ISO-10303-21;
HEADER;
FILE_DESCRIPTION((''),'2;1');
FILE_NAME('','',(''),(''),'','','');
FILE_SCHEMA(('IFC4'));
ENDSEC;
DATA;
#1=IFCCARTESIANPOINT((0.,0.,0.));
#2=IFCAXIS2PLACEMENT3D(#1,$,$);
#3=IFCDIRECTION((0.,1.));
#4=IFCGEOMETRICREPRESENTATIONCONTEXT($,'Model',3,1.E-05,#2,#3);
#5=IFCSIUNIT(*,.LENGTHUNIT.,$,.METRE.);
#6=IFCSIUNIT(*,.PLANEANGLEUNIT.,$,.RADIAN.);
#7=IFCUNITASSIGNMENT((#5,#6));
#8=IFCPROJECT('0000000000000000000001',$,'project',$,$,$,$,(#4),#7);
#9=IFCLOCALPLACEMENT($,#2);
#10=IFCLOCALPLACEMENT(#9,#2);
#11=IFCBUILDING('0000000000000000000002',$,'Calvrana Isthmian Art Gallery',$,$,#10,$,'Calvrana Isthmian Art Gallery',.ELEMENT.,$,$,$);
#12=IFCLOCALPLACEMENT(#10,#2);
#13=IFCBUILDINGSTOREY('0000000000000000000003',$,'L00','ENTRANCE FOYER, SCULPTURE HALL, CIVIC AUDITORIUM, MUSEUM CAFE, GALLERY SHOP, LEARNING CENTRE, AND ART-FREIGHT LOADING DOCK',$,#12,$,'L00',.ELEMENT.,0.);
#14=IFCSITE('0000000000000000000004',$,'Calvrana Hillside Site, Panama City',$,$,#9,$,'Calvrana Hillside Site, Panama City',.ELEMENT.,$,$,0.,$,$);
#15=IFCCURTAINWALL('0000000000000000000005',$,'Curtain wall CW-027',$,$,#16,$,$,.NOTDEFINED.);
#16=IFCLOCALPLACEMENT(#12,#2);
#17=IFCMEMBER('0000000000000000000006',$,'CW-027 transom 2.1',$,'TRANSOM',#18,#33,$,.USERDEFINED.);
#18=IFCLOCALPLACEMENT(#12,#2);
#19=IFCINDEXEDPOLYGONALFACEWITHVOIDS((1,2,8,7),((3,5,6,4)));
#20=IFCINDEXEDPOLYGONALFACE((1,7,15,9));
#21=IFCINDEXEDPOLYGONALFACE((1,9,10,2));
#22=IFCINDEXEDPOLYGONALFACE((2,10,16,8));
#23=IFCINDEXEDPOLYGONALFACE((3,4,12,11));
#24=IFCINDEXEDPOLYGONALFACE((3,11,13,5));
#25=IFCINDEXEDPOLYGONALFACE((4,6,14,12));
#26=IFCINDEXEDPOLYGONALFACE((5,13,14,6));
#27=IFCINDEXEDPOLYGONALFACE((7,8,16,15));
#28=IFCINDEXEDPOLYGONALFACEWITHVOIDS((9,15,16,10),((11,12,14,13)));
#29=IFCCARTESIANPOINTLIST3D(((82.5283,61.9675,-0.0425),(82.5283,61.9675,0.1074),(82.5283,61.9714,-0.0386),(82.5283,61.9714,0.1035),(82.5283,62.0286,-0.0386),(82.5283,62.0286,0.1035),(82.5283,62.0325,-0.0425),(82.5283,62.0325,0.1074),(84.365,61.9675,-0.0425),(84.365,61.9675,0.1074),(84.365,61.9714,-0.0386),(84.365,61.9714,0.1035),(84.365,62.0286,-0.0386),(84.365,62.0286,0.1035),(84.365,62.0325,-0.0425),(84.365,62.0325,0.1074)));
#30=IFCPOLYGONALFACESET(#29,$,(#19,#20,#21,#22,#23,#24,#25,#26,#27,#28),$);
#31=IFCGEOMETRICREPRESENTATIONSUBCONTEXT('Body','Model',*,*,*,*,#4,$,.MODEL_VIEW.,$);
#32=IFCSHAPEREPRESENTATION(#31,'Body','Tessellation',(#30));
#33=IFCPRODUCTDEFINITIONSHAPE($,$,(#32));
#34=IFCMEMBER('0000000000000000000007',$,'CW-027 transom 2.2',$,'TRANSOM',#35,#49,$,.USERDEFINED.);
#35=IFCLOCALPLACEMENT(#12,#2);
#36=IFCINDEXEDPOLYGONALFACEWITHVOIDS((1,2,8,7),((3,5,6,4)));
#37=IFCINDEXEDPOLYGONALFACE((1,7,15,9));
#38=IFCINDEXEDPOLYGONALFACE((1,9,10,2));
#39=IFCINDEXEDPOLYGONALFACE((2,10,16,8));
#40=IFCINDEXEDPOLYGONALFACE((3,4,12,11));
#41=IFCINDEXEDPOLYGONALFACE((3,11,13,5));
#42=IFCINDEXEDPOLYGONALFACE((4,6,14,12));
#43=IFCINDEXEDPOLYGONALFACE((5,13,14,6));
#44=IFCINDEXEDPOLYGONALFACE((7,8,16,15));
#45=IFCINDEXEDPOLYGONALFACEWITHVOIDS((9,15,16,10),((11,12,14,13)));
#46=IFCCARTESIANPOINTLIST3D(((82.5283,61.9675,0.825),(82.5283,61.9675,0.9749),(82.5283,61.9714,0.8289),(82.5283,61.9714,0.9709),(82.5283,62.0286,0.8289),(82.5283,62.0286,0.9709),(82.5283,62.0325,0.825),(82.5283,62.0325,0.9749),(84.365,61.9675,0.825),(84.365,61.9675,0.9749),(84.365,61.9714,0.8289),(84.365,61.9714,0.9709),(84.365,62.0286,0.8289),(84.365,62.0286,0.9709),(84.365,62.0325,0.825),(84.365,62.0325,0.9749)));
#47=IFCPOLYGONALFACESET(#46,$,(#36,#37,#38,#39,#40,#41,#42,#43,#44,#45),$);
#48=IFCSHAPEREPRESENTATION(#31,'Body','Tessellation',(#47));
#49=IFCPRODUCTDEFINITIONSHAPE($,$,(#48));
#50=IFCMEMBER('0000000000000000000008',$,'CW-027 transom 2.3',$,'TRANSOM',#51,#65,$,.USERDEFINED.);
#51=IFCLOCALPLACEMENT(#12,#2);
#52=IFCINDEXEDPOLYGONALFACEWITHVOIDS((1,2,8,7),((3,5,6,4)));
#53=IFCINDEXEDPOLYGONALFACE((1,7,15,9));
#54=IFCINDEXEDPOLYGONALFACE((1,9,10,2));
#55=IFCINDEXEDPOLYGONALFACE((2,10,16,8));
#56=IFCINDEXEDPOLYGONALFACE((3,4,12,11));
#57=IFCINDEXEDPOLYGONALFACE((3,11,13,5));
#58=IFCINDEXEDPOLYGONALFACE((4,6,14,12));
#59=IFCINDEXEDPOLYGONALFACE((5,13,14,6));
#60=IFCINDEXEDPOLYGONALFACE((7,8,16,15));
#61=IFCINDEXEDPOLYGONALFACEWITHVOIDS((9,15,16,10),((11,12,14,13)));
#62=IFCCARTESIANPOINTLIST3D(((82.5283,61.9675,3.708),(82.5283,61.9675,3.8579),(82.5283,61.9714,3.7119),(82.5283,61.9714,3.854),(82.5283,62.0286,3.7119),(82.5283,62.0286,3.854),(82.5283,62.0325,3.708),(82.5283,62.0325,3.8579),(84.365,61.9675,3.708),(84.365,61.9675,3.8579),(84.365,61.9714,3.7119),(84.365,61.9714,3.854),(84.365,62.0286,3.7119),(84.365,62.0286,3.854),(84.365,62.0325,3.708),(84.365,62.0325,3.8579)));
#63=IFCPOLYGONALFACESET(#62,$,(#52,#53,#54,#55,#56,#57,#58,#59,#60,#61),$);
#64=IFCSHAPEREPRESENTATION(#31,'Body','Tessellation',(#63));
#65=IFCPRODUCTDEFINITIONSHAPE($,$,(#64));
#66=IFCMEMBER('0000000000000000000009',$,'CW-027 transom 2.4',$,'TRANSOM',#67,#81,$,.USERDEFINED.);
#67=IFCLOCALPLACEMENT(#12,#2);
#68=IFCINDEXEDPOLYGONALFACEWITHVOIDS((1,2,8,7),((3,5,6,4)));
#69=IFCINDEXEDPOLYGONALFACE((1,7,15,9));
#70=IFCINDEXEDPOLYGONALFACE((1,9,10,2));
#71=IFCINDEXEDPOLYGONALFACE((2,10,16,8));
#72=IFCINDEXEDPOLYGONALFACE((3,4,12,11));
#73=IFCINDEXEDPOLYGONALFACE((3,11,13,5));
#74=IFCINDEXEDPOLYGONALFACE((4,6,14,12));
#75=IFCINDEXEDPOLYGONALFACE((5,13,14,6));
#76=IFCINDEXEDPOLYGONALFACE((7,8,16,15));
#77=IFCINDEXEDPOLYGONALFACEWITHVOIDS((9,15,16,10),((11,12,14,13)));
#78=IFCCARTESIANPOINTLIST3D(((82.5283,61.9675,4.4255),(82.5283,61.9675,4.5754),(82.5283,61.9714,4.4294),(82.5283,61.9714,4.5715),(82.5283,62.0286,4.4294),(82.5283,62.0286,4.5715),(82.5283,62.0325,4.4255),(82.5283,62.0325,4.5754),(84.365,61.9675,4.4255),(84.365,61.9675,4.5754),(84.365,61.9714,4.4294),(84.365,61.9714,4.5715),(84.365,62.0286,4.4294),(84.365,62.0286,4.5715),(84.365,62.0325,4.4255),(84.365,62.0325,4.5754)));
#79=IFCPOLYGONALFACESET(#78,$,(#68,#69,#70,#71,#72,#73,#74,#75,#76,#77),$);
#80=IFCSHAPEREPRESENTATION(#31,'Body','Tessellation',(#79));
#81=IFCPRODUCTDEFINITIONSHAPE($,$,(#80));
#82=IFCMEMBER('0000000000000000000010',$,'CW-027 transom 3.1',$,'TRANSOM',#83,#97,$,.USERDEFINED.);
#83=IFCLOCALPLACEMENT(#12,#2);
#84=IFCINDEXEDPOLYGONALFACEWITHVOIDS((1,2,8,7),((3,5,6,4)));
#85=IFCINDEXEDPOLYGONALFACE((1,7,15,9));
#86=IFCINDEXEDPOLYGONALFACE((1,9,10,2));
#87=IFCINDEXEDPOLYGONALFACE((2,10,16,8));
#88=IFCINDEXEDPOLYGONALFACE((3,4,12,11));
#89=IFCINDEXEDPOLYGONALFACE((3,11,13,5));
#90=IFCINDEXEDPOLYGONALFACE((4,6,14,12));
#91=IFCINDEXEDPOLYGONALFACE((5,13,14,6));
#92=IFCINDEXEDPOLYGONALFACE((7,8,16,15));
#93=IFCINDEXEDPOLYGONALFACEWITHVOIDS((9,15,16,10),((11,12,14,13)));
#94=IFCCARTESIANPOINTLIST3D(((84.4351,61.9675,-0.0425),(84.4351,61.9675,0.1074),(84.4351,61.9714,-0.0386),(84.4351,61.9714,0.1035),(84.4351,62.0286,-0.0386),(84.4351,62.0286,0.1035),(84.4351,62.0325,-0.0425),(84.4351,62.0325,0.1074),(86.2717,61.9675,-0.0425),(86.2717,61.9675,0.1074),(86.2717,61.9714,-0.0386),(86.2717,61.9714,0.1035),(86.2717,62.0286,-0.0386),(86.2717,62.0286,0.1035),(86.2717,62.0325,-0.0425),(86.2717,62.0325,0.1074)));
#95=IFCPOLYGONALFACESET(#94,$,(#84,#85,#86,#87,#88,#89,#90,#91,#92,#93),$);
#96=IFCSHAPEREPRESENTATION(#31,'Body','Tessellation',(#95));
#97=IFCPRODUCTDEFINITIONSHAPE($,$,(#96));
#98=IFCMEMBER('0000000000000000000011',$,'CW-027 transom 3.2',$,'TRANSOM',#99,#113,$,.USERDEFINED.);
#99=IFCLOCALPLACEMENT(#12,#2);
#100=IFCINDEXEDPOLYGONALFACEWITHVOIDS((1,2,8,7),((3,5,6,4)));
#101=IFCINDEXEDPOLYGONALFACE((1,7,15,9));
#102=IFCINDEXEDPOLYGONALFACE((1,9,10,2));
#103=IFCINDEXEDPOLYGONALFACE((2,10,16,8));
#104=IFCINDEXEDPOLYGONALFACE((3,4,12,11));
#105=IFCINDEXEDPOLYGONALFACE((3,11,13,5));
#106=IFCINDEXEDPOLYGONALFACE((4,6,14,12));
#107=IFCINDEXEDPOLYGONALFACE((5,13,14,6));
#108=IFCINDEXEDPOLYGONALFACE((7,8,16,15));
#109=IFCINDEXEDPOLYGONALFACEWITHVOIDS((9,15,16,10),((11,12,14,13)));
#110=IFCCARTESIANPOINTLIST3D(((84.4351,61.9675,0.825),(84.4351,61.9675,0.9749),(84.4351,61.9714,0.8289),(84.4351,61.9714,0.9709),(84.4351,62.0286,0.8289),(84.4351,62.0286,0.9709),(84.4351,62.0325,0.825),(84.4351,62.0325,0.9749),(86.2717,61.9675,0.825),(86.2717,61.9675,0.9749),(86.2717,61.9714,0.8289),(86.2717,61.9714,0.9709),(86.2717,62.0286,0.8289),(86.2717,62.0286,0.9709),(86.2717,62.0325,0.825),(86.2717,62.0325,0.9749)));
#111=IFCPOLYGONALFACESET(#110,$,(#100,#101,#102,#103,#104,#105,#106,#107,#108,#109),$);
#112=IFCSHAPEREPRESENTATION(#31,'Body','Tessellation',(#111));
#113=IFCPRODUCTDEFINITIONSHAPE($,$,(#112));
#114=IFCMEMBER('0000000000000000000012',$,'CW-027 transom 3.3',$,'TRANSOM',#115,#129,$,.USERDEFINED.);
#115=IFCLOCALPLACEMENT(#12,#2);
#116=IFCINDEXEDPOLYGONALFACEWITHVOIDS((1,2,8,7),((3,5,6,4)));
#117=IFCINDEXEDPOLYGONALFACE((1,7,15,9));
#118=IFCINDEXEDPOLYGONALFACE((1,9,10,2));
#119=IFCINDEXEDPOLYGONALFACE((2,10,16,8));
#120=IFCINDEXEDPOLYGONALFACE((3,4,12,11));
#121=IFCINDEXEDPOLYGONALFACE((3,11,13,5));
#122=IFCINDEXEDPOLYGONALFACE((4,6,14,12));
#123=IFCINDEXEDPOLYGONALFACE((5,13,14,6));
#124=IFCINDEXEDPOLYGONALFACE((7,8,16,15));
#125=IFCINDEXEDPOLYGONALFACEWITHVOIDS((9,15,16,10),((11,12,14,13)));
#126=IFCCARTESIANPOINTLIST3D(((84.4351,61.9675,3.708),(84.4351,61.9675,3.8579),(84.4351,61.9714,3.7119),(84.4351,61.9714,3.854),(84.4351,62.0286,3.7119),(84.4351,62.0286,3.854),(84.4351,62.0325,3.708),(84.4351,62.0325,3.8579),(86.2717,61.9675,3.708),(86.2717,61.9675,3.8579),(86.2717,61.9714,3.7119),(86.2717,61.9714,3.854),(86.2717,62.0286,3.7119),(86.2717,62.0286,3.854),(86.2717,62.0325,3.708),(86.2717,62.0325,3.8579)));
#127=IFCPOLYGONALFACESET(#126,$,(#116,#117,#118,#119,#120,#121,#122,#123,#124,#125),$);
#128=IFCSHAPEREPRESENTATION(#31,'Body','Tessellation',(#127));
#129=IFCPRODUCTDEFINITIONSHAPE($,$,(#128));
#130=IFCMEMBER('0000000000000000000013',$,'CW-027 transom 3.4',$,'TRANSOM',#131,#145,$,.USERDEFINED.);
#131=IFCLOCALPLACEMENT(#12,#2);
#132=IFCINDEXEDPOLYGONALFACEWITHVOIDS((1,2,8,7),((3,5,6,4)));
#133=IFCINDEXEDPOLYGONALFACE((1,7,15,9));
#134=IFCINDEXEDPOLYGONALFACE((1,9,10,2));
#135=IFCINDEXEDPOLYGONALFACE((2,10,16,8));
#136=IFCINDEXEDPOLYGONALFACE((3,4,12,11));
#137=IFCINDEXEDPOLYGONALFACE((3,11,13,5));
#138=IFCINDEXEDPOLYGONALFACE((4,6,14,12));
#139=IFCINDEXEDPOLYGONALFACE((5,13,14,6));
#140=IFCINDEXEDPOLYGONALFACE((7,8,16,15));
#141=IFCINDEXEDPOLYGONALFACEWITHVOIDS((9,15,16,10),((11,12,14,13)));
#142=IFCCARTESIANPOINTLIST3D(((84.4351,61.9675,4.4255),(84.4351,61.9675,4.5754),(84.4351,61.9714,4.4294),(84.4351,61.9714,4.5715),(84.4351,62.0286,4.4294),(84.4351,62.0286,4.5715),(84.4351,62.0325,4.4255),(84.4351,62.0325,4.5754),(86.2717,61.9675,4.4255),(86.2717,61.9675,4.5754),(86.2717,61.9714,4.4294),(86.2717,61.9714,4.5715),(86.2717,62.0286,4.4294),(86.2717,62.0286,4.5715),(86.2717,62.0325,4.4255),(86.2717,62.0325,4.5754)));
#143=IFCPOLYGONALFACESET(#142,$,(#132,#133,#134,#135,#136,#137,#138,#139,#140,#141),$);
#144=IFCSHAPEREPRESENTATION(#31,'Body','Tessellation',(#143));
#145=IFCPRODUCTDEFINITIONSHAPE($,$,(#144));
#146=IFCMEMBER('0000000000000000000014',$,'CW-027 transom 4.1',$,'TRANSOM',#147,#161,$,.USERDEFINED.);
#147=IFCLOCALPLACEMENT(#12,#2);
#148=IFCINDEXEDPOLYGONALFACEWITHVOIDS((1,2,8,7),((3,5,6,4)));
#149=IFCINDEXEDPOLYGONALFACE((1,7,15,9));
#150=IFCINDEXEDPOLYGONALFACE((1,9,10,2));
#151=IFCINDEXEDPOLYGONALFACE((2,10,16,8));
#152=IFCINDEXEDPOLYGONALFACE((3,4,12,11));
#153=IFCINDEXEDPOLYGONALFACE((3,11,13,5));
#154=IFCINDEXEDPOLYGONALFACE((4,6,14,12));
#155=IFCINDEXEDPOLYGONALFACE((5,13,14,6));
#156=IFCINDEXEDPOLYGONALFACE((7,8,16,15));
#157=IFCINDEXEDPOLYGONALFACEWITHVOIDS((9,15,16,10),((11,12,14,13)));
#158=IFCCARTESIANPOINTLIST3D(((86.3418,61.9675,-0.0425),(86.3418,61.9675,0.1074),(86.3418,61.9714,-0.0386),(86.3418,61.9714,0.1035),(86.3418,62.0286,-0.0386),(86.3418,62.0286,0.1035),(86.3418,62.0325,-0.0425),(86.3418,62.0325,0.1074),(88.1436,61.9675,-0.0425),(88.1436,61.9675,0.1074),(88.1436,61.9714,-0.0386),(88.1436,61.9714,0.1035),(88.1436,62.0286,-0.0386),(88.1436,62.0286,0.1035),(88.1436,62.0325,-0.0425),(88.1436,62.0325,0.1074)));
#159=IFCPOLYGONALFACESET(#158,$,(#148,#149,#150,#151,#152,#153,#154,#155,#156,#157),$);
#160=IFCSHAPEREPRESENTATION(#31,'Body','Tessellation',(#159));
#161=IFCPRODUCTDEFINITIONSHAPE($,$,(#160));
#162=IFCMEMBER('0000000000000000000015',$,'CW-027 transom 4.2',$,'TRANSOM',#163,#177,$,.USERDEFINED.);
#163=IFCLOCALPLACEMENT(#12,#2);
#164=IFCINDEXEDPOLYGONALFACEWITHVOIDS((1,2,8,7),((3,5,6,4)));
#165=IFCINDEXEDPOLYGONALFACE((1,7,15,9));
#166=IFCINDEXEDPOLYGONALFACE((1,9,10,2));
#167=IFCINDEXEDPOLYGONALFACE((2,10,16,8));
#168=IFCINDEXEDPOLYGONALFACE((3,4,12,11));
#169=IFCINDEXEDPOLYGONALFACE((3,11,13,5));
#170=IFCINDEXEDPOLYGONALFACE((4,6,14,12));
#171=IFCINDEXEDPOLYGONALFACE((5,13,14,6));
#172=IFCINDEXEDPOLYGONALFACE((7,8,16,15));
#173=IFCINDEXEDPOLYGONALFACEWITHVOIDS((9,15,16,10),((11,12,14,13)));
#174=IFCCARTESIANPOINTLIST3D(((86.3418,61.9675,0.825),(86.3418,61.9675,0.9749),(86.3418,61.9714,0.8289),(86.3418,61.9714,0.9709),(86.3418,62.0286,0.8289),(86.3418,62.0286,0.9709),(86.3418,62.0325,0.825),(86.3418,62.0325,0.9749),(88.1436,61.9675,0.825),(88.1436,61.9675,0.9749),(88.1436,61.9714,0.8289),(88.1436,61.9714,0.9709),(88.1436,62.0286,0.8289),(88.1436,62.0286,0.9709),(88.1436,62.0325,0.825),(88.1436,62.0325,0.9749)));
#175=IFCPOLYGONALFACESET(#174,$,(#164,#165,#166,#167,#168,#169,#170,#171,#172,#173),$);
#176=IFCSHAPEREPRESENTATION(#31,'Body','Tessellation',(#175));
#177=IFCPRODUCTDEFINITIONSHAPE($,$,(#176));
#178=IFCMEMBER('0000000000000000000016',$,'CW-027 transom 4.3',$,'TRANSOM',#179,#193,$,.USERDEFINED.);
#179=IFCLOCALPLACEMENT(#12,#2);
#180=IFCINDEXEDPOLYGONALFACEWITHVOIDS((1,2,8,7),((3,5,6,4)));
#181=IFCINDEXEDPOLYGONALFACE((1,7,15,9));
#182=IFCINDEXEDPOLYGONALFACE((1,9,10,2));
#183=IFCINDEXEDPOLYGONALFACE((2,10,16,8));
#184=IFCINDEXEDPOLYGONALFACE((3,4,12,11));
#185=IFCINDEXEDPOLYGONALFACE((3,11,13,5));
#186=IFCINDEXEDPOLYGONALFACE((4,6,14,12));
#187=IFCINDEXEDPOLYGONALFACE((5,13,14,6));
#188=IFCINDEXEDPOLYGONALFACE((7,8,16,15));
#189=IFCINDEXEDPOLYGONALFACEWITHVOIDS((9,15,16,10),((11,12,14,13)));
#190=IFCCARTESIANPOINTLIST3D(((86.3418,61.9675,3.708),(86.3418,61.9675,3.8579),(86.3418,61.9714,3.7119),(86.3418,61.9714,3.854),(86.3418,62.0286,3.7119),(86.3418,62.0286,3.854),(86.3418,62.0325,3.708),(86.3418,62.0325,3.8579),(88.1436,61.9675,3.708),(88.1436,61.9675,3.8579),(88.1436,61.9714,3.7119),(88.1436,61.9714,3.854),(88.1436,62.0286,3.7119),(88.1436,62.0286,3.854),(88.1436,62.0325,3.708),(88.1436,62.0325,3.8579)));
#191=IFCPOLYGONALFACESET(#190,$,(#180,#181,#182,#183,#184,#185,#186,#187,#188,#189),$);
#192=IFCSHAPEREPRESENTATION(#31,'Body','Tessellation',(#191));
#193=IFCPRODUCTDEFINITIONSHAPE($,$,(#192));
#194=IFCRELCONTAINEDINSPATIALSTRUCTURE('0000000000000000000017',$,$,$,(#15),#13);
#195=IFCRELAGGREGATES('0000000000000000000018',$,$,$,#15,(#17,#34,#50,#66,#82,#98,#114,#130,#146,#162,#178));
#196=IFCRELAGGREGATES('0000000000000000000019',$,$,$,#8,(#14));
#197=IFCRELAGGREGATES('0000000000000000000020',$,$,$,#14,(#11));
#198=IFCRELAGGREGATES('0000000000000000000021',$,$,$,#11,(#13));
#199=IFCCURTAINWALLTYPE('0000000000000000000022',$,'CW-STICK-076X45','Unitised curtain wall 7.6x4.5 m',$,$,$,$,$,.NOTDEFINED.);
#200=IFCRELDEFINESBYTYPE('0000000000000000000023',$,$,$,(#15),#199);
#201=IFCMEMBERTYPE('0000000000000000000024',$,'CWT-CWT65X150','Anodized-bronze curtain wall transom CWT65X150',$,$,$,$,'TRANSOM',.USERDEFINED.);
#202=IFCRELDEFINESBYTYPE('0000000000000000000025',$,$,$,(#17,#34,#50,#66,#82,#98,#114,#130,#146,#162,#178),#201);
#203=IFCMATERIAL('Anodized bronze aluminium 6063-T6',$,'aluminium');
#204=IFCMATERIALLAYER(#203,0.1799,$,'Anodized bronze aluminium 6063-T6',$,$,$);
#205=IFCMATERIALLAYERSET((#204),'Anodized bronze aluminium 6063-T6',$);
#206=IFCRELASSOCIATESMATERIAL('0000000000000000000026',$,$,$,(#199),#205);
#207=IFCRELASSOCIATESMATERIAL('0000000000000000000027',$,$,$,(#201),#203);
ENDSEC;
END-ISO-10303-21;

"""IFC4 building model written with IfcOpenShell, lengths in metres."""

from ifc_helpers import new_model, si_unit, direction, frame, origin, origin_2d, place, context, subcontext, project, spatial, hollow_rectangle, extrude, material, layer, layer_set, material_profile, profile_set, type_object, element, aggregate, save


model = new_model("IFC4")

# Units and contexts
model_context = context("Model", 3, precision=1e-05, world=origin(), true_north=direction((0.0, 1.0)))
body_context = subcontext(model_context, "Body", "Model", "MODEL_VIEW")
ifc_project = project(units=[si_unit("LENGTHUNIT", "METRE"), si_unit("PLANEANGLEUNIT", "RADIAN")], contexts=[model_context])

# Site, building, storey
site_placement = place(None, origin())
site = spatial("IfcSite", under=ifc_project, at=site_placement, Name="Calvrana Hillside Site, Panama City", LongName="Calvrana Hillside Site, Panama City", CompositionType="ELEMENT", RefElevation=0.0)
building_placement = place(site_placement, origin())
building = spatial("IfcBuilding", under=site, at=building_placement, Name="Calvrana Isthmian Art Gallery", LongName="Calvrana Isthmian Art Gallery", CompositionType="ELEMENT")
storey_placement = place(building_placement, origin())
storey = spatial("IfcBuildingStorey", under=building, at=storey_placement, Name="L00", Description="ENTRANCE FOYER, SCULPTURE HALL, CIVIC AUDITORIUM, MUSEUM CAFE, GALLERY SHOP, LEARNING CENTRE, AND ART-FREIGHT LOADING DOCK", LongName="L00", CompositionType="ELEMENT", Elevation=0.0)

# Curtain wall, members
ifc_material_1 = material(Name="Anodized bronze aluminium 6063-T6", Category="aluminium")
ifc_layer_1 = layer(ifc_material_1, 0.1799, Name="Anodized bronze aluminium 6063-T6")
ifc_layer_set_1 = layer_set([ifc_layer_1], Name="Anodized bronze aluminium 6063-T6")
curtain_wall_type = type_object("IfcCurtainWallType", Name="CW-STICK-076X45", Description="Unitised curtain wall 7.6x4.5 m", PredefinedType="NOTDEFINED", material=ifc_layer_set_1)
curtain_wall_placement = place(storey_placement, origin())
curtain_wall = element("IfcCurtainWall", 1, at=curtain_wall_placement, inside=storey, type_object=curtain_wall_type, Name="Curtain wall CW-027", PredefinedType="NOTDEFINED")
ifc_material_profile_1 = material_profile(ifc_material_1, hollow_rectangle(XDim=0.0649, YDim=0.1499, WallThickness=0.0039, at=origin_2d()), Name="CWT65X150")
ifc_profile_set_1 = profile_set([ifc_material_profile_1], Name="Anodized bronze aluminium 6063-T6")
member_type_1 = type_object("IfcMemberType", Name="CWT-CWT65X150", Description="Anodized-bronze curtain wall transom CWT65X150", ElementType="TRANSOM", PredefinedType="USERDEFINED", material=ifc_profile_set_1)
member_1_placement = place(storey_placement, frame((82.5283, 62.0, 0.0325), z_axis=(1.0, 0.0, 0.0), x_axis=(0.0, 1.0, 0.0)))
member_1 = element("IfcMember", 2, at=member_1_placement, type_object=member_type_1, Name="CW-027 transom 2.1", ObjectType="TRANSOM", PredefinedType="USERDEFINED", context=body_context, shape_type="SweptSolid", body=[
    extrude(hollow_rectangle(XDim=0.0649, YDim=0.1499, WallThickness=0.0039, at=origin_2d()), origin(), (0.0, 0.0, 1.0), 1.8367),
])
member_2_placement = place(storey_placement, frame((82.5283, 62.0, 0.8999), z_axis=(1.0, 0.0, 0.0), x_axis=(0.0, 1.0, 0.0)))
member_2 = element("IfcMember", 3, at=member_2_placement, type_object=member_type_1, Name="CW-027 transom 2.2", ObjectType="TRANSOM", PredefinedType="USERDEFINED", context=body_context, shape_type="SweptSolid", body=[
    extrude(hollow_rectangle(XDim=0.0649, YDim=0.1499, WallThickness=0.0039, at=origin_2d()), origin(), (0.0, 0.0, 1.0), 1.8367),
])
member_3_placement = place(storey_placement, frame((82.5283, 62.0, 3.783), z_axis=(1.0, 0.0, 0.0), x_axis=(0.0, 1.0, 0.0)))
member_3 = element("IfcMember", 4, at=member_3_placement, type_object=member_type_1, Name="CW-027 transom 2.3", ObjectType="TRANSOM", PredefinedType="USERDEFINED", context=body_context, shape_type="SweptSolid", body=[
    extrude(hollow_rectangle(XDim=0.0649, YDim=0.1499, WallThickness=0.0039, at=origin_2d()), origin(), (0.0, 0.0, 1.0), 1.8367),
])
member_4_placement = place(storey_placement, frame((82.5283, 62.0, 4.5005), z_axis=(1.0, 0.0, 0.0), x_axis=(0.0, 1.0, 0.0)))
member_4 = element("IfcMember", 5, at=member_4_placement, type_object=member_type_1, Name="CW-027 transom 2.4", ObjectType="TRANSOM", PredefinedType="USERDEFINED", context=body_context, shape_type="SweptSolid", body=[
    extrude(hollow_rectangle(XDim=0.0649, YDim=0.1499, WallThickness=0.0039, at=origin_2d()), origin(), (0.0, 0.0, 1.0), 1.8367),
])
member_5_placement = place(storey_placement, frame((84.4351, 62.0, 0.0325), z_axis=(1.0, 0.0, 0.0), x_axis=(0.0, 1.0, 0.0)))
member_5 = element("IfcMember", 6, at=member_5_placement, type_object=member_type_1, Name="CW-027 transom 3.1", ObjectType="TRANSOM", PredefinedType="USERDEFINED", context=body_context, shape_type="SweptSolid", body=[
    extrude(hollow_rectangle(XDim=0.0649, YDim=0.1499, WallThickness=0.0039, at=origin_2d()), origin(), (0.0, 0.0, 1.0), 1.8367),
])
member_6_placement = place(storey_placement, frame((84.4351, 62.0, 0.8999), z_axis=(1.0, 0.0, 0.0), x_axis=(0.0, 1.0, 0.0)))
member_6 = element("IfcMember", 7, at=member_6_placement, type_object=member_type_1, Name="CW-027 transom 3.2", ObjectType="TRANSOM", PredefinedType="USERDEFINED", context=body_context, shape_type="SweptSolid", body=[
    extrude(hollow_rectangle(XDim=0.0649, YDim=0.1499, WallThickness=0.0039, at=origin_2d()), origin(), (0.0, 0.0, 1.0), 1.8367),
])
member_7_placement = place(storey_placement, frame((84.4351, 62.0, 3.783), z_axis=(1.0, 0.0, 0.0), x_axis=(0.0, 1.0, 0.0)))
member_7 = element("IfcMember", 8, at=member_7_placement, type_object=member_type_1, Name="CW-027 transom 3.3", ObjectType="TRANSOM", PredefinedType="USERDEFINED", context=body_context, shape_type="SweptSolid", body=[
    extrude(hollow_rectangle(XDim=0.0649, YDim=0.1499, WallThickness=0.0039, at=origin_2d()), origin(), (0.0, 0.0, 1.0), 1.8367),
])
member_8_placement = place(storey_placement, frame((84.4351, 62.0, 4.5005), z_axis=(1.0, 0.0, 0.0), x_axis=(0.0, 1.0, 0.0)))
member_8 = element("IfcMember", 9, at=member_8_placement, type_object=member_type_1, Name="CW-027 transom 3.4", ObjectType="TRANSOM", PredefinedType="USERDEFINED", context=body_context, shape_type="SweptSolid", body=[
    extrude(hollow_rectangle(XDim=0.0649, YDim=0.1499, WallThickness=0.0039, at=origin_2d()), origin(), (0.0, 0.0, 1.0), 1.8367),
])
member_9_placement = place(storey_placement, frame((86.3418, 62.0, 0.0325), z_axis=(1.0, 0.0, 0.0), x_axis=(0.0, 1.0, 0.0)))
member_9 = element("IfcMember", 10, at=member_9_placement, type_object=member_type_1, Name="CW-027 transom 4.1", ObjectType="TRANSOM", PredefinedType="USERDEFINED", context=body_context, shape_type="SweptSolid", body=[
    extrude(hollow_rectangle(XDim=0.0649, YDim=0.1499, WallThickness=0.0039, at=origin_2d()), origin(), (0.0, 0.0, 1.0), 1.8018),
])
member_10_placement = place(storey_placement, frame((86.3418, 62.0, 0.8999), z_axis=(1.0, 0.0, 0.0), x_axis=(0.0, 1.0, 0.0)))
member_10 = element("IfcMember", 11, at=member_10_placement, type_object=member_type_1, Name="CW-027 transom 4.2", ObjectType="TRANSOM", PredefinedType="USERDEFINED", context=body_context, shape_type="SweptSolid", body=[
    extrude(hollow_rectangle(XDim=0.0649, YDim=0.1499, WallThickness=0.0039, at=origin_2d()), origin(), (0.0, 0.0, 1.0), 1.8018),
])
member_11_placement = place(storey_placement, frame((86.3418, 62.0, 3.783), z_axis=(1.0, 0.0, 0.0), x_axis=(0.0, 1.0, 0.0)))
member_11 = element("IfcMember", 12, at=member_11_placement, type_object=member_type_1, Name="CW-027 transom 4.3", ObjectType="TRANSOM", PredefinedType="USERDEFINED", context=body_context, shape_type="SweptSolid", body=[
    extrude(hollow_rectangle(XDim=0.0649, YDim=0.1499, WallThickness=0.0039, at=origin_2d()), origin(), (0.0, 0.0, 1.0), 1.8018),
])
aggregate(curtain_wall, [member_1, member_2, member_3, member_4, member_5, member_6, member_7, member_8, member_9, member_10, member_11])

save(model, "model.ifc")
